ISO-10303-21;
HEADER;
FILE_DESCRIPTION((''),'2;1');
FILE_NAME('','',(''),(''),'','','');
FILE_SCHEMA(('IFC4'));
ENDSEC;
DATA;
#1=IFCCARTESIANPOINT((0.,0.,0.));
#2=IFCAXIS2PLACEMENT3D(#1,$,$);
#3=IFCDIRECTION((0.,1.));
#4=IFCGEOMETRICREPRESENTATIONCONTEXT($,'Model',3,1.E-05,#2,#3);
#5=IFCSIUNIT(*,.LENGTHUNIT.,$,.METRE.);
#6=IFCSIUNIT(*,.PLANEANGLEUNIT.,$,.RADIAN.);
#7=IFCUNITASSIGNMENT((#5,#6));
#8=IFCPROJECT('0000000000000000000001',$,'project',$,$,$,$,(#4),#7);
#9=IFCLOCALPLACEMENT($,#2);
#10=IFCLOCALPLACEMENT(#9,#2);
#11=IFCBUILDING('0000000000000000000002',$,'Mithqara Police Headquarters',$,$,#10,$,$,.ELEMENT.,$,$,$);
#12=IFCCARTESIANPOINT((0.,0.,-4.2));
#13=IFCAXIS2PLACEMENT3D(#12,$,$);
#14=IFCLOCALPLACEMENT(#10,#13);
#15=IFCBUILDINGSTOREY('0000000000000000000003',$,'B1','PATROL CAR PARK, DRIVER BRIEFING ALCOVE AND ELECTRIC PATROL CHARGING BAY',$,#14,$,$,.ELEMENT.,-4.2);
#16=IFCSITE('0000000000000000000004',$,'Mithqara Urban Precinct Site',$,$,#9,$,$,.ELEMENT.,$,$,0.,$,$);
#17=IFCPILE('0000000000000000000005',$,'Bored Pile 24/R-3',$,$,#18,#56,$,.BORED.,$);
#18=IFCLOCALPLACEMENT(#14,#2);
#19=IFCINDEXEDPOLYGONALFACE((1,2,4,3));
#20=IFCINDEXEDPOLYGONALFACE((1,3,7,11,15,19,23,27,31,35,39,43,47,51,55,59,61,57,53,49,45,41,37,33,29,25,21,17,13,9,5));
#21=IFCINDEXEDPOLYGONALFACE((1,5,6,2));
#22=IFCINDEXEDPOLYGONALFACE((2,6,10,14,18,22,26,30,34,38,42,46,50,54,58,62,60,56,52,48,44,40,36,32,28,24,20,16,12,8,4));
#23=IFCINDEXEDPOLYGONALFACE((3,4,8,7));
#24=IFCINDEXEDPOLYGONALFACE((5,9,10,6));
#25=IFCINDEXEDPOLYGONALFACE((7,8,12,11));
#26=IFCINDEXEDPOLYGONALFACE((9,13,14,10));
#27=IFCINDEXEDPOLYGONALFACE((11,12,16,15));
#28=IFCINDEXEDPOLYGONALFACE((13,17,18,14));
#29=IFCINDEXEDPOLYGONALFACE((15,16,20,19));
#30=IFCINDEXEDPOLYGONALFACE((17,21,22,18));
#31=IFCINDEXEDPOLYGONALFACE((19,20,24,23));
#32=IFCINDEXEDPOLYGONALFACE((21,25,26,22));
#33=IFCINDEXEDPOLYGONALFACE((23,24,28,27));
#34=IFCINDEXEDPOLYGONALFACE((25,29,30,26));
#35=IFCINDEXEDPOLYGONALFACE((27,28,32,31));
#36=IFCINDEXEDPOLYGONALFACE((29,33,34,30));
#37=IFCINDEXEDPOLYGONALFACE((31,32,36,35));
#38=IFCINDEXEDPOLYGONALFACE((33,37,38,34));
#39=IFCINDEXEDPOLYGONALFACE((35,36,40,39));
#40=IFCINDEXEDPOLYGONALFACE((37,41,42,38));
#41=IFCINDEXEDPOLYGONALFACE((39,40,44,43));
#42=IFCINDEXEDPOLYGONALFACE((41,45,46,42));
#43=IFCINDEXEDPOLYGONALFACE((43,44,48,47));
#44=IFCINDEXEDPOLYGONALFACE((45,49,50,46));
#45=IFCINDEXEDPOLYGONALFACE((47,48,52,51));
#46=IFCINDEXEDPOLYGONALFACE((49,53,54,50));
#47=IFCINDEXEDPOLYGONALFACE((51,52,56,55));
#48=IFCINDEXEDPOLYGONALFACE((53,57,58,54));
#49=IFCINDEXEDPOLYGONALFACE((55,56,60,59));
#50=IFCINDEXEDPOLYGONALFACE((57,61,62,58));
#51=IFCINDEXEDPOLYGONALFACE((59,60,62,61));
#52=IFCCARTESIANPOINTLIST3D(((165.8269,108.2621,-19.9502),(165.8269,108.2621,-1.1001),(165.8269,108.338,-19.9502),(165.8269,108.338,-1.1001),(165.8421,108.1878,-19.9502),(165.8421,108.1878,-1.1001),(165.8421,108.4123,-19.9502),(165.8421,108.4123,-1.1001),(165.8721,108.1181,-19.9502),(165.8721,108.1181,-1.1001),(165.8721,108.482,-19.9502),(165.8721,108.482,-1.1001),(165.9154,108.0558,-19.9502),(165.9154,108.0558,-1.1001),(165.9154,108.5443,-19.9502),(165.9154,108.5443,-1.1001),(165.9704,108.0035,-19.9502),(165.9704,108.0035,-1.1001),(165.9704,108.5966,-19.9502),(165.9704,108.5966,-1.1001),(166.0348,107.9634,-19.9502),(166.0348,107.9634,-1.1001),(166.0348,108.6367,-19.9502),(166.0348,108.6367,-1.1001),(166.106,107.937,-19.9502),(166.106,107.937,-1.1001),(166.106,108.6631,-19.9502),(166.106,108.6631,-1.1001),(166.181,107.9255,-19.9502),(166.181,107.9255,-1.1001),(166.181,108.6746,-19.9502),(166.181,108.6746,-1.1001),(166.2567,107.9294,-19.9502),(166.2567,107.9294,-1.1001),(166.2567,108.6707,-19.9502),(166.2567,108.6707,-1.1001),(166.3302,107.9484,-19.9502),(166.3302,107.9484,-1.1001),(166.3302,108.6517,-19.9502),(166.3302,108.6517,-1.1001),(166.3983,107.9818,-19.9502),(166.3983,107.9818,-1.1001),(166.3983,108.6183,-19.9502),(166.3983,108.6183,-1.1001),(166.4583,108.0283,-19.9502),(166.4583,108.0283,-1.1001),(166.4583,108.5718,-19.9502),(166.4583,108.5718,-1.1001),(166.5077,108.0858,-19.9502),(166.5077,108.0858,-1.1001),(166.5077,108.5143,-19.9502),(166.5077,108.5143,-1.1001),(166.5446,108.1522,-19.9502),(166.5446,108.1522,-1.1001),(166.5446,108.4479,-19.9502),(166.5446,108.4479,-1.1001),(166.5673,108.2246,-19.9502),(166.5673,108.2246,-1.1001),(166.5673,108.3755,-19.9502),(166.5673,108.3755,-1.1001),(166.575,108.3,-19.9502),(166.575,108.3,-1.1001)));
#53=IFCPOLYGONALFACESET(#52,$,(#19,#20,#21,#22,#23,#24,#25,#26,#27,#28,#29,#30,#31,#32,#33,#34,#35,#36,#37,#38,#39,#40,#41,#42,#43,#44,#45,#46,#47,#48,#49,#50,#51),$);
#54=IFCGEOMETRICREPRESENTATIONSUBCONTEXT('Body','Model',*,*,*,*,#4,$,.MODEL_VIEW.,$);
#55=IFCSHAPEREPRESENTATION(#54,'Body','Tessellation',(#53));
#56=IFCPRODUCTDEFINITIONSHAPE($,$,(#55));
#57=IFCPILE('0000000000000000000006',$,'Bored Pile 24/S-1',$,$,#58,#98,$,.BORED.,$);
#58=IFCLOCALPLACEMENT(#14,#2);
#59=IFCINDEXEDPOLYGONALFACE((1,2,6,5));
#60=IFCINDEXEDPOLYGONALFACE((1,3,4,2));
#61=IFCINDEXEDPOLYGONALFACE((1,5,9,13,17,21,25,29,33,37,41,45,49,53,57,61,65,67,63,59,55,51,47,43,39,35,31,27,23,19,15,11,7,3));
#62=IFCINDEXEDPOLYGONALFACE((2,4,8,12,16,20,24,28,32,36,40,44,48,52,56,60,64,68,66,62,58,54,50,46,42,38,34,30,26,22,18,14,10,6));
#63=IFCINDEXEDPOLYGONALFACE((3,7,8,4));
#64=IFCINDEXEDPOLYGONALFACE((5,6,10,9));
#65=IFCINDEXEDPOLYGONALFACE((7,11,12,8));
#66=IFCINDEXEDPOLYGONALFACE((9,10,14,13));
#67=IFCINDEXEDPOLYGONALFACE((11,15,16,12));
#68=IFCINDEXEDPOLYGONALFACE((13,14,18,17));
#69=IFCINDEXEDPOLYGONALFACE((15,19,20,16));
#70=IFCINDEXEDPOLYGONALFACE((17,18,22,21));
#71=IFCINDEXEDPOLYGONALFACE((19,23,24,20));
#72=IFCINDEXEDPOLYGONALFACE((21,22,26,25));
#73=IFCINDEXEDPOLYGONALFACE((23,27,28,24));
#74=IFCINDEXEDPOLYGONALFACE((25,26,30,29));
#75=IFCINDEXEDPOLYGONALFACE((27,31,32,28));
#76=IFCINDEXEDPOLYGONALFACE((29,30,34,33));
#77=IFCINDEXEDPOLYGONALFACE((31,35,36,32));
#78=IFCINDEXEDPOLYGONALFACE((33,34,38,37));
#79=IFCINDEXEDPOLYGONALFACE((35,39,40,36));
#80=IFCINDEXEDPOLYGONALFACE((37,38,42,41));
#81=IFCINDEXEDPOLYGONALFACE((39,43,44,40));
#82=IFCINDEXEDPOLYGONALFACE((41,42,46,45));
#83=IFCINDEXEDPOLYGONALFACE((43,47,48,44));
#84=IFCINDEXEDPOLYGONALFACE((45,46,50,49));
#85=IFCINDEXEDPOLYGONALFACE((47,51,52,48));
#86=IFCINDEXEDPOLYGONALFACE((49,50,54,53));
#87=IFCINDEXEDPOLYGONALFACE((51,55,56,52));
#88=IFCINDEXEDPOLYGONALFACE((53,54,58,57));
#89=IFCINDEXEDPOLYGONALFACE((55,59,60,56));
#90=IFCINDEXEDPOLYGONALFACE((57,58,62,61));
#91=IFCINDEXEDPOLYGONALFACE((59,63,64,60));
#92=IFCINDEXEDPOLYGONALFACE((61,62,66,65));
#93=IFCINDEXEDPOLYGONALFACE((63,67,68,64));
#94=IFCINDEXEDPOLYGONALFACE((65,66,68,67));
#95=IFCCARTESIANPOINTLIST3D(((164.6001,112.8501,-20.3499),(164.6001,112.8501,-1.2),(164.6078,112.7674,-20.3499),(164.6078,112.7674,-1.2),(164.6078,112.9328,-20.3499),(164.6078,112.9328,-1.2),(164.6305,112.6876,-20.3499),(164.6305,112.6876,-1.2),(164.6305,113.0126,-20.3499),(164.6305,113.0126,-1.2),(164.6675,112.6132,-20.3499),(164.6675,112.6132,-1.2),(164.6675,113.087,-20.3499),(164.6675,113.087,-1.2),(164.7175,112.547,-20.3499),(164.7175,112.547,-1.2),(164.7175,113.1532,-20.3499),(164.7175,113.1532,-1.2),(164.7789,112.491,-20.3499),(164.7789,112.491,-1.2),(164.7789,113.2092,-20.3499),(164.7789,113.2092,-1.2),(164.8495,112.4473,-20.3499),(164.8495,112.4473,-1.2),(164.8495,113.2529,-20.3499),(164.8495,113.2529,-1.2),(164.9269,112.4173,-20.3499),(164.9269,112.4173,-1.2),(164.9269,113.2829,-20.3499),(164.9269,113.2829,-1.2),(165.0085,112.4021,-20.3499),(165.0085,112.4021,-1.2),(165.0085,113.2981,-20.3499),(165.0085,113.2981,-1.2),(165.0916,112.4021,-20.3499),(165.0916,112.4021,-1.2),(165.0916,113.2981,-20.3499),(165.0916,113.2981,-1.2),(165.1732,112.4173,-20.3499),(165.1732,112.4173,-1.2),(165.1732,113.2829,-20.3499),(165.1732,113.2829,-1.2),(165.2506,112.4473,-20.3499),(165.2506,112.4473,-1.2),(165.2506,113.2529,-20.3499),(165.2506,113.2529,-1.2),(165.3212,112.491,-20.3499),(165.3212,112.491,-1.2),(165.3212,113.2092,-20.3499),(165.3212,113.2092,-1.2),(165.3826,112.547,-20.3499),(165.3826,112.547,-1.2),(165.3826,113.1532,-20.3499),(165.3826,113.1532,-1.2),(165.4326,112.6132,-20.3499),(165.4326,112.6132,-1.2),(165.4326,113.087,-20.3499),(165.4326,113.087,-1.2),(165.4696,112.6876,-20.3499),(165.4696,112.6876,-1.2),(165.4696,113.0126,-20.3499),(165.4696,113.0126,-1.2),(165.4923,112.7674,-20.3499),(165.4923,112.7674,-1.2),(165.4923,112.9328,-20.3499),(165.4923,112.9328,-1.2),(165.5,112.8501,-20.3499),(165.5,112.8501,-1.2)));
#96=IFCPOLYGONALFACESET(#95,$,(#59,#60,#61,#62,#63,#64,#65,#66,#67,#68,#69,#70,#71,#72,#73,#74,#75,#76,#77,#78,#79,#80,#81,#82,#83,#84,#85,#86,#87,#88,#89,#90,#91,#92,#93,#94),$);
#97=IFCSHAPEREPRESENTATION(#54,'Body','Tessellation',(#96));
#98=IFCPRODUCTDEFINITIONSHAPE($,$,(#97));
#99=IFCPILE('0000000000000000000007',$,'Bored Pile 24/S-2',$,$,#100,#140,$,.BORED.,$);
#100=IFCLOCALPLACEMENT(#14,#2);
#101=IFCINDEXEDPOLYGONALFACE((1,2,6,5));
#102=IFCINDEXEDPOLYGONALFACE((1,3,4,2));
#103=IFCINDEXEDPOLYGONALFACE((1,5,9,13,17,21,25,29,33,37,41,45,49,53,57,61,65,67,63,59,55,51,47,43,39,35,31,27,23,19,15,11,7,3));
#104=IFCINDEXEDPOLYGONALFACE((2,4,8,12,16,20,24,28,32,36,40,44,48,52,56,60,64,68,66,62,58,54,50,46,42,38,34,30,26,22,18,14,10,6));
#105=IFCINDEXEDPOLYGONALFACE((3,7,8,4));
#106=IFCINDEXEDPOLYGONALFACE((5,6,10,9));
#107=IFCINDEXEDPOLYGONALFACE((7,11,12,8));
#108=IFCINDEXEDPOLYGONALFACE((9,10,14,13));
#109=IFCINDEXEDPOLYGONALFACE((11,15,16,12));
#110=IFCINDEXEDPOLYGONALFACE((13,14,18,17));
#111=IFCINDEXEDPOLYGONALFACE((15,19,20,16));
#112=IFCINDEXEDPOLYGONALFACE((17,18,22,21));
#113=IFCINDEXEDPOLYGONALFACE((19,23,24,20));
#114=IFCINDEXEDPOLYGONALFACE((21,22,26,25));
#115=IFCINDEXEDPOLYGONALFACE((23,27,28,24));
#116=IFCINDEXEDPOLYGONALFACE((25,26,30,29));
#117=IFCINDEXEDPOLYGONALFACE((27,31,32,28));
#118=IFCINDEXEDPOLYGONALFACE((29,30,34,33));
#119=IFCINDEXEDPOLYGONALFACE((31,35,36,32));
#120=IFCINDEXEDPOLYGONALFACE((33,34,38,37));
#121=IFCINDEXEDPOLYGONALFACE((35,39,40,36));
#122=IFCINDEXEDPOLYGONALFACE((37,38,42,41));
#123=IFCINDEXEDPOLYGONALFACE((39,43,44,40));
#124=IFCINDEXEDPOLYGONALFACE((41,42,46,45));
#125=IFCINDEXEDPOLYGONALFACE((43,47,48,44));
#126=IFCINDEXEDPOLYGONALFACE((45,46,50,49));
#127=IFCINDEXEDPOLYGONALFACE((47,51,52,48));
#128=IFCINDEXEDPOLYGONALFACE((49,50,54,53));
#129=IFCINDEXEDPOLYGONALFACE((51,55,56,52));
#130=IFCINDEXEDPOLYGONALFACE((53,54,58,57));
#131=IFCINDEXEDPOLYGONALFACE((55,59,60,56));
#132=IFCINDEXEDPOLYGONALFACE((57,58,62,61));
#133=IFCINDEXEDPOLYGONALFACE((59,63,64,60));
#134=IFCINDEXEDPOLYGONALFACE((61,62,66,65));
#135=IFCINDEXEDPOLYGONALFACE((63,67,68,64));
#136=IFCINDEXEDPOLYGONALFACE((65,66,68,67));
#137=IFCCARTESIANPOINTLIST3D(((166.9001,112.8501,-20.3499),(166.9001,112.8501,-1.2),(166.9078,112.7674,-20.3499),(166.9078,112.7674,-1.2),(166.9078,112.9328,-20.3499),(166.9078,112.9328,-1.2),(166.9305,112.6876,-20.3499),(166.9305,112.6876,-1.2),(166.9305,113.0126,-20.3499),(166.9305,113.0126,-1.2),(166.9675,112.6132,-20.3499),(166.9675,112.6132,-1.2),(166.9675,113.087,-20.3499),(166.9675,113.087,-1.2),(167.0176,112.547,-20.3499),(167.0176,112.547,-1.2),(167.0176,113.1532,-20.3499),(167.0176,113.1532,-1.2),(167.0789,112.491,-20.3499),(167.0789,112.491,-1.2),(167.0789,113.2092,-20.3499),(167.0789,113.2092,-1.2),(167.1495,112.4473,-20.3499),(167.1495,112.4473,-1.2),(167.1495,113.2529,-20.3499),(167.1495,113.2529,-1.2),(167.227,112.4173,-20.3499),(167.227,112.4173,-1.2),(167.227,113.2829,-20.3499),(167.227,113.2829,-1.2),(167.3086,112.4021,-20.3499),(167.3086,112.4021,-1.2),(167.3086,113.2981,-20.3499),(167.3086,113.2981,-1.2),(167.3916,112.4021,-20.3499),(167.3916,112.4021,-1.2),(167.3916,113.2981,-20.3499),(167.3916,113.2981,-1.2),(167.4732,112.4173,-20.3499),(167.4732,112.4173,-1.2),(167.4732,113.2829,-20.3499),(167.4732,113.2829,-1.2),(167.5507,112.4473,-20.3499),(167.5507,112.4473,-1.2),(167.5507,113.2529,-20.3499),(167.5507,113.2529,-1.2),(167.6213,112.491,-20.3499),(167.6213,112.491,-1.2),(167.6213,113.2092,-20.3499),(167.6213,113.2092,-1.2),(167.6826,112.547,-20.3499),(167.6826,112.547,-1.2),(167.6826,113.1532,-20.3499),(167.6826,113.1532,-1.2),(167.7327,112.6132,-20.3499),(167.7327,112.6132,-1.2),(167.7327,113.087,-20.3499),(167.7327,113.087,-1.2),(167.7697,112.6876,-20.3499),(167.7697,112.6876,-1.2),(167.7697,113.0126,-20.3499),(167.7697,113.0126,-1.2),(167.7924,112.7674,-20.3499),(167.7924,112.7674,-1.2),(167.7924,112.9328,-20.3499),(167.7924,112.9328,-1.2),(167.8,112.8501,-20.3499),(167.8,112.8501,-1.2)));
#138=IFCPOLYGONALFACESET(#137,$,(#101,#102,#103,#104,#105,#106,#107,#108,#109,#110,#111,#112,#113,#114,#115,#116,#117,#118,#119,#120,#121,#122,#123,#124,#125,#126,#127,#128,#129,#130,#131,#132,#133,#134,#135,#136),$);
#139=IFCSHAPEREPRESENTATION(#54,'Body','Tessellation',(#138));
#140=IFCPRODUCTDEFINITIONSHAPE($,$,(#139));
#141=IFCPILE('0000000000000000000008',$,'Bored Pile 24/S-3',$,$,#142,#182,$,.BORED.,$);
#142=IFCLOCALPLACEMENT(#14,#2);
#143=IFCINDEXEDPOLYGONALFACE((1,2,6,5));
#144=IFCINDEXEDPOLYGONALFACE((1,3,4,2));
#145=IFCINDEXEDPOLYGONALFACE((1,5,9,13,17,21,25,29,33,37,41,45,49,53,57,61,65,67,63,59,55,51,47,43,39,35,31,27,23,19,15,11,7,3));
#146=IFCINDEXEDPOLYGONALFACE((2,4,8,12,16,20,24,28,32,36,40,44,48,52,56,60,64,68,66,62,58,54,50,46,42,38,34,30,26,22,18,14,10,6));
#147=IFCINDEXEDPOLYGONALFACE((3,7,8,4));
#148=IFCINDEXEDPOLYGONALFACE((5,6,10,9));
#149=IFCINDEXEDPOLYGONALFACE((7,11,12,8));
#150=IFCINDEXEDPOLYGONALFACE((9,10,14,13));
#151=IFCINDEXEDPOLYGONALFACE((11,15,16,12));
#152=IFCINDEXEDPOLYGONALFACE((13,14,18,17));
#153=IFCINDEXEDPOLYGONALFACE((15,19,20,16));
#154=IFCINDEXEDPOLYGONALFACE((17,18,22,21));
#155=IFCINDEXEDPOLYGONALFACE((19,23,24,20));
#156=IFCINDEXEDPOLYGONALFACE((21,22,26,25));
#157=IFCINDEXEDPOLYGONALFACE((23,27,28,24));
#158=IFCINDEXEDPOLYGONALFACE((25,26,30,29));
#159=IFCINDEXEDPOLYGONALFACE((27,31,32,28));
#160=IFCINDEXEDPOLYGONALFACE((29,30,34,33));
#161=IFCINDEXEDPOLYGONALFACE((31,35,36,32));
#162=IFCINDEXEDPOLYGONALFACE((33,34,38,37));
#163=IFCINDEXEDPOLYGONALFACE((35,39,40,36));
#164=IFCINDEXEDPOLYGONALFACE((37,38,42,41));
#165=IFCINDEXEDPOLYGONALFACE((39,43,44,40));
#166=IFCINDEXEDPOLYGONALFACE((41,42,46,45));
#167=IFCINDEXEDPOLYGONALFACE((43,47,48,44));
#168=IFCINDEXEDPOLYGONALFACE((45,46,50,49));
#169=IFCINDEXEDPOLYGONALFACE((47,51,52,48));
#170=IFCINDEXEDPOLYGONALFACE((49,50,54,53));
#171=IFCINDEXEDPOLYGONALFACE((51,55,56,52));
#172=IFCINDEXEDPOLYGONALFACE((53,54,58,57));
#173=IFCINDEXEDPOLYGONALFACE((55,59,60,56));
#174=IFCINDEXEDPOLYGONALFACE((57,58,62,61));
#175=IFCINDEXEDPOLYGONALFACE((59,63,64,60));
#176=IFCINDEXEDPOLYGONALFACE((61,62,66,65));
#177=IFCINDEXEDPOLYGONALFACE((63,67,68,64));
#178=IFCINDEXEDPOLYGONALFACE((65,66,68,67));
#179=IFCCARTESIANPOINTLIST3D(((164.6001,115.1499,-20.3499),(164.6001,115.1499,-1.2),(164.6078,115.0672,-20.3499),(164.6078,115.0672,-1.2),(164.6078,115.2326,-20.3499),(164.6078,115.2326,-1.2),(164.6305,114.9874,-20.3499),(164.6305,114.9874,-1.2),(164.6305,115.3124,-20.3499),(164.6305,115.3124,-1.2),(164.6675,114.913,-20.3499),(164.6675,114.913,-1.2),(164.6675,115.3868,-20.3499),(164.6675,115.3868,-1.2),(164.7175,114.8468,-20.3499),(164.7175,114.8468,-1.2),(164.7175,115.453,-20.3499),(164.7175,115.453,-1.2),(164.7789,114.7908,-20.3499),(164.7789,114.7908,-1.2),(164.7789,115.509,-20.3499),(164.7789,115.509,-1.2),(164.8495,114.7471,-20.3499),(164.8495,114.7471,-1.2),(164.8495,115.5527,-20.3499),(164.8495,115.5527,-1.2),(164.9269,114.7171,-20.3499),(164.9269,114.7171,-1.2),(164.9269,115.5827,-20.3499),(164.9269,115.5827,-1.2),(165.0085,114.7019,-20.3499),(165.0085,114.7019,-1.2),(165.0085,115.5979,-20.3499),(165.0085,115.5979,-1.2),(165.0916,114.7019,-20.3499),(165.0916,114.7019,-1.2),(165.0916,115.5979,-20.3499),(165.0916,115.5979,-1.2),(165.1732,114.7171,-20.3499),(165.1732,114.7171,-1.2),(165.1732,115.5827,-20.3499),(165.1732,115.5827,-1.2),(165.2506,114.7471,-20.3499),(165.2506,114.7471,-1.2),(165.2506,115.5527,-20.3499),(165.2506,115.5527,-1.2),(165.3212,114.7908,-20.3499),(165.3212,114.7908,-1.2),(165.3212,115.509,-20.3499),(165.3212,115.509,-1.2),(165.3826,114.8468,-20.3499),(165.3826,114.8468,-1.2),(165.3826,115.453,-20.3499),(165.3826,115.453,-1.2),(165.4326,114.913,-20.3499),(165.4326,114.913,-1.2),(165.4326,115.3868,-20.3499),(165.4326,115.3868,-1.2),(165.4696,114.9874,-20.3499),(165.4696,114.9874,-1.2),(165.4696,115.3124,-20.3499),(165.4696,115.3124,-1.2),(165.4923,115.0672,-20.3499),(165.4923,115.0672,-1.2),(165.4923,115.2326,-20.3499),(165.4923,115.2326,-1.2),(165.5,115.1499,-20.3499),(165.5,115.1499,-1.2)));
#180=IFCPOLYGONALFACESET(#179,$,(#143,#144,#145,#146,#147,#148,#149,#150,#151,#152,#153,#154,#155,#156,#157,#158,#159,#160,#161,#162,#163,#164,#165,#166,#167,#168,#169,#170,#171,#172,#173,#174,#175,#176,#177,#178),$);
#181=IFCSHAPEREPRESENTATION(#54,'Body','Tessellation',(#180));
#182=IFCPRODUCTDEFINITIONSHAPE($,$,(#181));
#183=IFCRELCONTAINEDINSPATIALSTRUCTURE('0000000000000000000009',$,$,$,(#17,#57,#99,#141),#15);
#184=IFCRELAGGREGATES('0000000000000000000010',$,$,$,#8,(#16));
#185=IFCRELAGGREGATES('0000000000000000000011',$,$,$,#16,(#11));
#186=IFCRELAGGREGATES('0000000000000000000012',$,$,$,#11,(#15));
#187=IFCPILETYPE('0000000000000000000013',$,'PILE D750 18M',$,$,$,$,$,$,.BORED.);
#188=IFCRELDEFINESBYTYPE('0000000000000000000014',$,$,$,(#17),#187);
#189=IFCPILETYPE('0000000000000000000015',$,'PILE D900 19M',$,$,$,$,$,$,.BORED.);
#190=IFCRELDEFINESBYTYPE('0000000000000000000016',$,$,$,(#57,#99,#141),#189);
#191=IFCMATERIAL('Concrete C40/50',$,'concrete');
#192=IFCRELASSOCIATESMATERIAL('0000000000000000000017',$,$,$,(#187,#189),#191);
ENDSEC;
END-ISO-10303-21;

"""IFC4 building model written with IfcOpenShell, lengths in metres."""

from ifc_helpers import new_model, si_unit, direction, frame, origin, origin_2d, place, context, subcontext, project, spatial, circle, extrude, material, material_profile, profile_set, type_object, element, save


model = new_model("IFC4")

# Units and contexts
model_context = context("Model", 3, precision=1e-05, world=origin(), true_north=direction((0.0, 1.0)))
body_context = subcontext(model_context, "Body", "Model", "MODEL_VIEW")
ifc_project = project(units=[si_unit("LENGTHUNIT", "METRE"), si_unit("PLANEANGLEUNIT", "RADIAN")], contexts=[model_context])

# Site, building, storey
site_placement = place(None, origin())
site = spatial("IfcSite", under=ifc_project, at=site_placement, Name="Mithqara Urban Precinct Site", CompositionType="ELEMENT", RefElevation=0.0)
building_placement = place(site_placement, origin())
building = spatial("IfcBuilding", under=site, at=building_placement, Name="Mithqara Police Headquarters", CompositionType="ELEMENT")
storey_placement = place(building_placement, frame((0.0, 0.0, -4.2)))
storey = spatial("IfcBuildingStorey", under=building, at=storey_placement, Name="B1", Description="PATROL CAR PARK, DRIVER BRIEFING ALCOVE AND ELECTRIC PATROL CHARGING BAY", CompositionType="ELEMENT", Elevation=-4.2)

# Shared definitions
ifc_material_1 = material(Name="Concrete C40/50", Category="concrete")

# Piles
ifc_material_profile_1 = material_profile(ifc_material_1, circle(Radius=0.375, at=origin_2d()), Name="PILE D750")
ifc_profile_set_1 = profile_set([ifc_material_profile_1], Name="Concrete C40/50")
pile_type_1 = type_object("IfcPileType", Name="PILE D750 18M", PredefinedType="BORED", material=ifc_profile_set_1)
for number, where, z_axis, x_axis, name in (
    (1, (166.2, 108.3, -1.1001), (0.0, 0.0, -1.0), (1.0, 0.0, 0.0), "Bored Pile 24/R-3"),
):
    element("IfcPile", number, at=place(storey_placement, frame(where, z_axis=z_axis, x_axis=x_axis)), inside=storey, type_object=pile_type_1, Name=name, PredefinedType="BORED", context=body_context, shape_type="SweptSolid", body=[
        extrude(circle(Radius=0.375, at=origin_2d()), origin(), (0.0, 0.0, 1.0), 18.8501),
    ])
ifc_material_profile_2 = material_profile(ifc_material_1, circle(Radius=0.45, at=origin_2d()), Name="PILE D900")
ifc_profile_set_2 = profile_set([ifc_material_profile_2], Name="Concrete C40/50")
pile_type_2 = type_object("IfcPileType", Name="PILE D900 19M", PredefinedType="BORED", material=ifc_profile_set_2)
for number, where, z_axis, x_axis, name in (
    (2, (165.05, 112.8501, -1.2), (0.0, 0.0, -1.0), (1.0, 0.0, 0.0), "Bored Pile 24/S-1"),
    (3, (167.3501, 112.8501, -1.2), (0.0, 0.0, -1.0), (1.0, 0.0, 0.0), "Bored Pile 24/S-2"),
    (4, (165.05, 115.1499, -1.2), (0.0, 0.0, -1.0), (1.0, 0.0, 0.0), "Bored Pile 24/S-3"),
):
    element("IfcPile", number, at=place(storey_placement, frame(where, z_axis=z_axis, x_axis=x_axis)), inside=storey, type_object=pile_type_2, Name=name, PredefinedType="BORED", context=body_context, shape_type="SweptSolid", body=[
        extrude(circle(Radius=0.45, at=origin_2d()), origin(), (0.0, 0.0, 1.0), 19.1499),
    ])

save(model, "model.ifc")
